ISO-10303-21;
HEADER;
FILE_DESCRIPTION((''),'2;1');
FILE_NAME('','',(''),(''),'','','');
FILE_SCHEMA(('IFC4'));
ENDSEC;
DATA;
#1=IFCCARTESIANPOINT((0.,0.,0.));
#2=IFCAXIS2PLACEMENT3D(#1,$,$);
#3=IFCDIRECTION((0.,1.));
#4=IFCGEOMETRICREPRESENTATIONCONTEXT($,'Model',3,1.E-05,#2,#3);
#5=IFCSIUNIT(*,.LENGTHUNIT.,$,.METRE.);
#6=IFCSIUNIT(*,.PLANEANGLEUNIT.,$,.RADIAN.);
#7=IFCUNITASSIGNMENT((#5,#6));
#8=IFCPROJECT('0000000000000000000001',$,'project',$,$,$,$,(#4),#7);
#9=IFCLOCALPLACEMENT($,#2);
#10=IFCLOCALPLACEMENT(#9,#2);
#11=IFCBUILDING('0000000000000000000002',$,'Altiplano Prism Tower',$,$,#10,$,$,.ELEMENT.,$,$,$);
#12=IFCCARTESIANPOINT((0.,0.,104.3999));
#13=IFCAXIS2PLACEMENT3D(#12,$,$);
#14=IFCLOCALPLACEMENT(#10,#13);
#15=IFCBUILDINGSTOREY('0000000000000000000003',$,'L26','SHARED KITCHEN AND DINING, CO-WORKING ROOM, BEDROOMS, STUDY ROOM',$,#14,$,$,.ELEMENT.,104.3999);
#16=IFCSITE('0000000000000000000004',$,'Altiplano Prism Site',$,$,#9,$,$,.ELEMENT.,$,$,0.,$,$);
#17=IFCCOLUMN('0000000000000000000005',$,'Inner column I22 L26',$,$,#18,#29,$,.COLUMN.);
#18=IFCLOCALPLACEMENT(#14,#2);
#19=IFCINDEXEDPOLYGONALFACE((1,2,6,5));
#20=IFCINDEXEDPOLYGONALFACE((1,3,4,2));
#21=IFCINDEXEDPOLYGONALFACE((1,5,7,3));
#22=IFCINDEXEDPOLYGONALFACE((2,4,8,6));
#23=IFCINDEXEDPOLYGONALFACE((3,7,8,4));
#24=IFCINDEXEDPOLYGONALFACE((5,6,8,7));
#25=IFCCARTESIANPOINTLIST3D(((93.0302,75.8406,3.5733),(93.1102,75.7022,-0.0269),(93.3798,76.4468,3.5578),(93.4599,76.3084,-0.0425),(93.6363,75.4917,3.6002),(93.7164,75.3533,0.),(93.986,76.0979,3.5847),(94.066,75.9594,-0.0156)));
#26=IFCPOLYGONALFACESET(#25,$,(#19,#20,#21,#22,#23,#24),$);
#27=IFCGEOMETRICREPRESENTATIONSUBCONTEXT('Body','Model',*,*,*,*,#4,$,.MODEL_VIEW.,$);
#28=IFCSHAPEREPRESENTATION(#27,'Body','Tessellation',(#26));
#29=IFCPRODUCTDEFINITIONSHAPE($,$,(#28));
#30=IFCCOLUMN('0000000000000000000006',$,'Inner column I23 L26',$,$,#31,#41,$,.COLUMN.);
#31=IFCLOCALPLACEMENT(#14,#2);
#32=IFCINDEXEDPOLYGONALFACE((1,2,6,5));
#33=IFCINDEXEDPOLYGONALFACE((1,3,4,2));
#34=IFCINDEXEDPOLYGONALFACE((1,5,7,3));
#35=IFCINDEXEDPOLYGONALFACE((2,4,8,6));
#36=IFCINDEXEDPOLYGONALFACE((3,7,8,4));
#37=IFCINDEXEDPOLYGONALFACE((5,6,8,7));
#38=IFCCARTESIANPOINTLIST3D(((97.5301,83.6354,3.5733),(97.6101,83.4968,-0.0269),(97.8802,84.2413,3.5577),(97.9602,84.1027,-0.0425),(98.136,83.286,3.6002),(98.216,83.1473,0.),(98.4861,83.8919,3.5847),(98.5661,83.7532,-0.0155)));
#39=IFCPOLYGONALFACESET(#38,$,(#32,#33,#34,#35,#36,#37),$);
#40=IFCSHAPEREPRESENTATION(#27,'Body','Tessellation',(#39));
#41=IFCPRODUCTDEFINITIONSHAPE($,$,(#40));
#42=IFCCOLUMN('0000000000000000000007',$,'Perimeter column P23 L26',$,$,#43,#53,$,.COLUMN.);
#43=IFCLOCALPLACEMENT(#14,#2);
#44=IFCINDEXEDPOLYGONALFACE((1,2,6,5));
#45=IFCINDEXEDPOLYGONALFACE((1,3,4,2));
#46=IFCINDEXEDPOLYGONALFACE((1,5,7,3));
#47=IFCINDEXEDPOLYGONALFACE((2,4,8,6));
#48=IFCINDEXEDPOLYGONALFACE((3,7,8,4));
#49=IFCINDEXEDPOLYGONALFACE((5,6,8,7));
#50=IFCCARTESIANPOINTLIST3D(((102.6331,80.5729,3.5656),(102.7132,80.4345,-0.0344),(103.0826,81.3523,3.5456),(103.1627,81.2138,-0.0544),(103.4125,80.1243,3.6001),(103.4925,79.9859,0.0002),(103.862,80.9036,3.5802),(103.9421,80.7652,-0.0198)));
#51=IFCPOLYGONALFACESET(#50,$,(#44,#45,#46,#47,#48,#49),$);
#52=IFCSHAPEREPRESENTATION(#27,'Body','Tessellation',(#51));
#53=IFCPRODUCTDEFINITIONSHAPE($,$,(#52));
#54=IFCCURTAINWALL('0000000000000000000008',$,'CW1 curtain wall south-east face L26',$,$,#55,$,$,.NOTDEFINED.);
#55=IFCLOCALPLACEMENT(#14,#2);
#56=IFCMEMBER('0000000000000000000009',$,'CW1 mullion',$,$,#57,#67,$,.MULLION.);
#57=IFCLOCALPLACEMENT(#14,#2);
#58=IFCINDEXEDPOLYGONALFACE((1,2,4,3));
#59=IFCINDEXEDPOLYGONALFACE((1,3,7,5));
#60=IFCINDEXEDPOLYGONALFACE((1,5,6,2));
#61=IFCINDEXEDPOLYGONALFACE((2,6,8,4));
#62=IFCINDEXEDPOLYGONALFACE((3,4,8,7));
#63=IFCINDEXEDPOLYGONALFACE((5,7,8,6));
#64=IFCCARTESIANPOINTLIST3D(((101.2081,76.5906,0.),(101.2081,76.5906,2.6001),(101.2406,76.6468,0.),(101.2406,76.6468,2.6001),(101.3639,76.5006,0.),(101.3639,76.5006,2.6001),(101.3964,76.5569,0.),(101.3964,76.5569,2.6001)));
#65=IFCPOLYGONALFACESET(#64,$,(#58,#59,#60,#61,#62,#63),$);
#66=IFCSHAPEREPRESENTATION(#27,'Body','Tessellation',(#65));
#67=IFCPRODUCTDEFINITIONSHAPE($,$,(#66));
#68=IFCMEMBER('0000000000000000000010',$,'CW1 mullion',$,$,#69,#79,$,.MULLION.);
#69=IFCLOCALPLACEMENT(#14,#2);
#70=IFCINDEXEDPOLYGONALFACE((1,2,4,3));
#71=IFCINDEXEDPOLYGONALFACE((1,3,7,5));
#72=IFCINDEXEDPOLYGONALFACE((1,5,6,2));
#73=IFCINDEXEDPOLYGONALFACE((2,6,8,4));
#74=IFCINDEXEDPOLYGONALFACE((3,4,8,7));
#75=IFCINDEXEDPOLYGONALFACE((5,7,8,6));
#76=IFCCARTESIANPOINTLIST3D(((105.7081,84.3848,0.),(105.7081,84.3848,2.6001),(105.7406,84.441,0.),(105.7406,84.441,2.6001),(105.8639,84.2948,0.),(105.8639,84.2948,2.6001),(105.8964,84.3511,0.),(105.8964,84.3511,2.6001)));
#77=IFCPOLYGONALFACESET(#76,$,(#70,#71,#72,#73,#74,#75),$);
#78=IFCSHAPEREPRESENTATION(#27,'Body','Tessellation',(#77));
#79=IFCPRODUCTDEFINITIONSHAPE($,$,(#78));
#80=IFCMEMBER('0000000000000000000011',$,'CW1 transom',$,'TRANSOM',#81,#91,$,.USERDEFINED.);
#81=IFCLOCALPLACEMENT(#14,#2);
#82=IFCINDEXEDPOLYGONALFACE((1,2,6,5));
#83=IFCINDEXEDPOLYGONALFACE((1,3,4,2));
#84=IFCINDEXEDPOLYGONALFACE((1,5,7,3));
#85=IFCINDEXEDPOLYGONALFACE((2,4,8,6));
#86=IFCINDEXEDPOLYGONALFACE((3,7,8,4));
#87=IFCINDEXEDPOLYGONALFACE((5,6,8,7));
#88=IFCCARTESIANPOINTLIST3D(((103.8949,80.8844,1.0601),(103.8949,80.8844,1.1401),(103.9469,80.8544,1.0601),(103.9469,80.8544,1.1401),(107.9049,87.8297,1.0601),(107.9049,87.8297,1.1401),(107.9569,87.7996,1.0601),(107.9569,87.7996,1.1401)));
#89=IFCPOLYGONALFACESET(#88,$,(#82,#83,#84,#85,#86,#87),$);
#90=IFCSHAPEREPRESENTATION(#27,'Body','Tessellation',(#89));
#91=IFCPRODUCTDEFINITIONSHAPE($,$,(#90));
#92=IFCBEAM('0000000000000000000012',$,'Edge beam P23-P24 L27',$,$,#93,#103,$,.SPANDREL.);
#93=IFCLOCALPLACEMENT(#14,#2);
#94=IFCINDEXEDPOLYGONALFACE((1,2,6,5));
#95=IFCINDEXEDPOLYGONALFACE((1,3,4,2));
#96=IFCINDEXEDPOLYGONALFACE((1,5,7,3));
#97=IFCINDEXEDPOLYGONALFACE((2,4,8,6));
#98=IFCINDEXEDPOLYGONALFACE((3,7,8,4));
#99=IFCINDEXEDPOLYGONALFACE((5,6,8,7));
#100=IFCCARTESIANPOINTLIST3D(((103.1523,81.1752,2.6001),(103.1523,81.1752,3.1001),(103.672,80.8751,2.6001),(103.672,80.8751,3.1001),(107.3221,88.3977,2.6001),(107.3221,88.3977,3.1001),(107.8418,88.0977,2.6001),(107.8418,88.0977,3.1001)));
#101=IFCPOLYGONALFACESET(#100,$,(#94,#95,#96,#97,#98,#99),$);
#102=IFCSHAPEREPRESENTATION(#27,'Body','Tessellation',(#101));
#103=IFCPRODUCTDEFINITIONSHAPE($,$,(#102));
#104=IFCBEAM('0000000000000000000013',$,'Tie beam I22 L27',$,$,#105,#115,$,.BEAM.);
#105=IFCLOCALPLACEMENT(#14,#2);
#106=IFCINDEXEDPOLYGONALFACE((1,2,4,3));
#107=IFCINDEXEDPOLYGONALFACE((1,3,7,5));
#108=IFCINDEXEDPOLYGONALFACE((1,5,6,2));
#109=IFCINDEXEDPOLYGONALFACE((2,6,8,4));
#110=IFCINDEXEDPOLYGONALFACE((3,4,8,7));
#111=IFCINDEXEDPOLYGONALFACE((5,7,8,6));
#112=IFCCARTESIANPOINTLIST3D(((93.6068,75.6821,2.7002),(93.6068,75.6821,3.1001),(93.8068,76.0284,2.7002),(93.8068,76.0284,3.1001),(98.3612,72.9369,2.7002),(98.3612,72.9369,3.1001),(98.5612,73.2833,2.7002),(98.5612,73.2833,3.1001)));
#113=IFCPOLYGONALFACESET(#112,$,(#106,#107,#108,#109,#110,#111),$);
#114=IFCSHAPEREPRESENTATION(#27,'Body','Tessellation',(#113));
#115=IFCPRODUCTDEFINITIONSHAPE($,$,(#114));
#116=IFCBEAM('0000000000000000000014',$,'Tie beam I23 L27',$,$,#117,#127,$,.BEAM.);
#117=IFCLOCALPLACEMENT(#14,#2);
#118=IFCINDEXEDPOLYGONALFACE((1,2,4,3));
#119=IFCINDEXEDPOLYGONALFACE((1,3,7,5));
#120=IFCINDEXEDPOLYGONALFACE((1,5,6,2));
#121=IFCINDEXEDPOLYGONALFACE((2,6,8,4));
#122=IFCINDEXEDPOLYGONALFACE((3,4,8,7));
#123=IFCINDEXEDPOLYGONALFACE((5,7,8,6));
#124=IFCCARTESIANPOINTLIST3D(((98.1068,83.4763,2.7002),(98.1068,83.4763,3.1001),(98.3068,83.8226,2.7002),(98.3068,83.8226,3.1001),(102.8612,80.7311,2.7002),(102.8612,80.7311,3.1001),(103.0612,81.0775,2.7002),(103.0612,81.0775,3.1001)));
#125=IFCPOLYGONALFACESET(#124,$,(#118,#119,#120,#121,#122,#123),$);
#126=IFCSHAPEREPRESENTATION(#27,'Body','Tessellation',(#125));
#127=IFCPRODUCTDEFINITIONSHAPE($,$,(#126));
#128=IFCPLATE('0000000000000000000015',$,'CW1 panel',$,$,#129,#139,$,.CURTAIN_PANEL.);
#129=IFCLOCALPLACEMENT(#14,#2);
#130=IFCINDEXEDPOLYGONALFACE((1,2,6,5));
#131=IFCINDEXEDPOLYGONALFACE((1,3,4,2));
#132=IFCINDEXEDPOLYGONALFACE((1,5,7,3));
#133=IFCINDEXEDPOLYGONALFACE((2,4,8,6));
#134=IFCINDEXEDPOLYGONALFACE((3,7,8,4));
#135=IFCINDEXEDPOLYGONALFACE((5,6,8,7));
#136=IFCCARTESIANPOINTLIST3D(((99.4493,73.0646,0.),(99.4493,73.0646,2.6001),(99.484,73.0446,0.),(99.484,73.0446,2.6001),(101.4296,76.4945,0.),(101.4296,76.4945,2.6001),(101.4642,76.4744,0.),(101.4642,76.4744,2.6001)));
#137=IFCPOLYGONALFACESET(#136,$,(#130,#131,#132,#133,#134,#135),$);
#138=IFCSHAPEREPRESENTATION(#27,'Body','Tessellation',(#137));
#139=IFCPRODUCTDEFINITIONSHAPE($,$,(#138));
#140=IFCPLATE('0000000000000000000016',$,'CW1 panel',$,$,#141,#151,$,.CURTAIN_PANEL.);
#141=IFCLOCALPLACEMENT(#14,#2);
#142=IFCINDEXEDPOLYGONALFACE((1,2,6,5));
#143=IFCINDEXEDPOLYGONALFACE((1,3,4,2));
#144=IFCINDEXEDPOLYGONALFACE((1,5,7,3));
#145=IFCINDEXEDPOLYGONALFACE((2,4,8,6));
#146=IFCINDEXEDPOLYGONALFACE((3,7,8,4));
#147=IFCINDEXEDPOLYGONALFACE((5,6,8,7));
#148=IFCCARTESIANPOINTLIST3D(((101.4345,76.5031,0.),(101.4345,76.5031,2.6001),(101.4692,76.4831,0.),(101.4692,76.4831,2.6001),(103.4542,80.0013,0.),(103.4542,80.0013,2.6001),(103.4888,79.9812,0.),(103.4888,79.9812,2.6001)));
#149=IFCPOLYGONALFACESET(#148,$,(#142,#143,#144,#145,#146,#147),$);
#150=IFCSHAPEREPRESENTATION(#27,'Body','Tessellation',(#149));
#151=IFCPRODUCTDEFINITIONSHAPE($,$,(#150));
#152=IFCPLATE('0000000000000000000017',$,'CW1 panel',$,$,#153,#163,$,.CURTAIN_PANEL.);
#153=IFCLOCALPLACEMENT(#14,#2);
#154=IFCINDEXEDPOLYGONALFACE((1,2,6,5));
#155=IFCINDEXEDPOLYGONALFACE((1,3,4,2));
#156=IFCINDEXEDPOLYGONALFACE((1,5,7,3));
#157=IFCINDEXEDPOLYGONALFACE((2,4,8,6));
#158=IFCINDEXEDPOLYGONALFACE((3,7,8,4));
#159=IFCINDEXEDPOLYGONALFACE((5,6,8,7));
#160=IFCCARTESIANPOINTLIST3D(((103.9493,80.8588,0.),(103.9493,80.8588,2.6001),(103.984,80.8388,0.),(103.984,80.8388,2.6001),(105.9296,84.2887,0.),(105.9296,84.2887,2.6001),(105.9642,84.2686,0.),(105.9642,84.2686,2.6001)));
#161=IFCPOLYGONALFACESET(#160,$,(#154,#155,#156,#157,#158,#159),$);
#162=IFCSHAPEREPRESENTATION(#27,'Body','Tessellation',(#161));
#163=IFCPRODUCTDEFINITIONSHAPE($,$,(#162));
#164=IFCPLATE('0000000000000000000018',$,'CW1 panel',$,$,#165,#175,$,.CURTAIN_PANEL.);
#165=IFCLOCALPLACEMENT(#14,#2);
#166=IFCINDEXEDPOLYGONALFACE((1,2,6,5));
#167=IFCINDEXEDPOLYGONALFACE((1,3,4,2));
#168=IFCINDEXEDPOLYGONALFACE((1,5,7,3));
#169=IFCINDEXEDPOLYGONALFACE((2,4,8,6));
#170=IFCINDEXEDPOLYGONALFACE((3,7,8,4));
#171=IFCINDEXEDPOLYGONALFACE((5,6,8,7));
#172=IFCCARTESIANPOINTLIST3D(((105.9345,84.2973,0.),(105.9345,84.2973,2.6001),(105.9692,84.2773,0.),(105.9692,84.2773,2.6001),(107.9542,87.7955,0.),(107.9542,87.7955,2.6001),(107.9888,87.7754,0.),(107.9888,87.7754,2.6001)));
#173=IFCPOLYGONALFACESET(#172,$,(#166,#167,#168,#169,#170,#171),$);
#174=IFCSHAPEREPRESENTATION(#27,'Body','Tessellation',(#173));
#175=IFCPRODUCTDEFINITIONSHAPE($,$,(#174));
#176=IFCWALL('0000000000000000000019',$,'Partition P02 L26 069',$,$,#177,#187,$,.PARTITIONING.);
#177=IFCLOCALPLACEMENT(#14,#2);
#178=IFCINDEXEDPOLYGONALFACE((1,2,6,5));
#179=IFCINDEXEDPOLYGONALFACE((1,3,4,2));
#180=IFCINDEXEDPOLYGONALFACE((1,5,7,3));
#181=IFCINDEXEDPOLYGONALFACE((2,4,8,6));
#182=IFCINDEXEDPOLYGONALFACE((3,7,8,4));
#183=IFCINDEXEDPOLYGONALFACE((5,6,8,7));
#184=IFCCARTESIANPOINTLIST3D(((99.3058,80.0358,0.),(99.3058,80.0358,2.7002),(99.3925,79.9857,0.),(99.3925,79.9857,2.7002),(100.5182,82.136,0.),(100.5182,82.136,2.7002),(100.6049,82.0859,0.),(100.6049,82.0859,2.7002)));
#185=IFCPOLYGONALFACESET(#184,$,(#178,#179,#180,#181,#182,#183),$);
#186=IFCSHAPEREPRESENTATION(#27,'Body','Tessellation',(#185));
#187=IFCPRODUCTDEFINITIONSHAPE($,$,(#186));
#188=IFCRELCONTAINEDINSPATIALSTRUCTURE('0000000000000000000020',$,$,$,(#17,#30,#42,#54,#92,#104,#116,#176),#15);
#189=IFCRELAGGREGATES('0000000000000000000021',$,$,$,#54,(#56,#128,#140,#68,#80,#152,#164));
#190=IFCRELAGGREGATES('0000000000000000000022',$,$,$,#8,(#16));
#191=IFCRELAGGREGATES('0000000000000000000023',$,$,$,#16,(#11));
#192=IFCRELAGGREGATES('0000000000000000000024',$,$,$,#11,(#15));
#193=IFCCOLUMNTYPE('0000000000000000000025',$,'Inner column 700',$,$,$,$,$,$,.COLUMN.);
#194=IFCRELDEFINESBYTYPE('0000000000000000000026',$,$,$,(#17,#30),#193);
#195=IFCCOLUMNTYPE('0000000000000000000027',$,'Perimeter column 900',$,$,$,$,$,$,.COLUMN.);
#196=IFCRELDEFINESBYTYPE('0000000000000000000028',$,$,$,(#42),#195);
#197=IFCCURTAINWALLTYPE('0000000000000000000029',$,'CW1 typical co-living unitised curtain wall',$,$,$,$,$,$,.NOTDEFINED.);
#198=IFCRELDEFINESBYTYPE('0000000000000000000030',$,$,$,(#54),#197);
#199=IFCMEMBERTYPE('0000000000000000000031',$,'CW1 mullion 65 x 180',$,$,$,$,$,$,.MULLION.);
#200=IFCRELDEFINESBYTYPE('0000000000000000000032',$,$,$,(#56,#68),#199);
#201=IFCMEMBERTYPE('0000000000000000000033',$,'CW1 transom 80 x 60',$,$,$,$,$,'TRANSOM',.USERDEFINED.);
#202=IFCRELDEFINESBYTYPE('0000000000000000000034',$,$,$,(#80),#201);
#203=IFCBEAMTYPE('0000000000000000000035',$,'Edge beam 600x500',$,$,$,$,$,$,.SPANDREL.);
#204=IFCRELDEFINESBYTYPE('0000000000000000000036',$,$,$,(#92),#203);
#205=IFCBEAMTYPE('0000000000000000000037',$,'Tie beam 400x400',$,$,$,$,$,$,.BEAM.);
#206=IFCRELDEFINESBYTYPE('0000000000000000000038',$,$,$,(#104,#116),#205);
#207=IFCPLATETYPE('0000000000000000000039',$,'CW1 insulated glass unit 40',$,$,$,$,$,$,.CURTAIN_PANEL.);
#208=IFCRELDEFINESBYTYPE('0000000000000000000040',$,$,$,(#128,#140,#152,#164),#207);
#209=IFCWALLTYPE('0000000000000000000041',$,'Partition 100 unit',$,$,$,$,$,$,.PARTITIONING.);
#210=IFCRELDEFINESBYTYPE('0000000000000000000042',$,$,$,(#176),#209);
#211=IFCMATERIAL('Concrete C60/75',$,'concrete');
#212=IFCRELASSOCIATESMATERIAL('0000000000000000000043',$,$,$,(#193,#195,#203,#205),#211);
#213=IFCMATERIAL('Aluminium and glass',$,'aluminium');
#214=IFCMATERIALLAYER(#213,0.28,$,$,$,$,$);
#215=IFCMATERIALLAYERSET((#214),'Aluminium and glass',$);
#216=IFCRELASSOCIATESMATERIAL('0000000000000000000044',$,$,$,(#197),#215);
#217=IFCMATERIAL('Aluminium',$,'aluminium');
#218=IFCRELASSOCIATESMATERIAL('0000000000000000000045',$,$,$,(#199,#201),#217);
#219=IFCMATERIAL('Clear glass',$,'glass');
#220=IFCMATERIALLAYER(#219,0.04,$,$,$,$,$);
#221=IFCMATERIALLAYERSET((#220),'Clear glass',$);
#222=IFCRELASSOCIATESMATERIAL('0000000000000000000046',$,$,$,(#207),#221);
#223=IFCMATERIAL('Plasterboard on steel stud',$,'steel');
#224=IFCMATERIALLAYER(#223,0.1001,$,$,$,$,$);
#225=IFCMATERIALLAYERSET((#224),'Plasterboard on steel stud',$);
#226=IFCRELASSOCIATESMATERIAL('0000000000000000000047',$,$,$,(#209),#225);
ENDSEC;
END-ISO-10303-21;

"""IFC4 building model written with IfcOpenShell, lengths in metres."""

from ifc_helpers import new_model, si_unit, direction, frame, frame_2d, origin, origin_2d, place, context, subcontext, project, spatial, rectangle, extrude, material, layer, layer_set, material_profile, profile_set, type_object, element, aggregate, save


model = new_model("IFC4")

# Units and contexts
model_context = context("Model", 3, precision=1e-05, world=origin(), true_north=direction((0.0, 1.0)))
body_context = subcontext(model_context, "Body", "Model", "MODEL_VIEW")
ifc_project = project(units=[si_unit("LENGTHUNIT", "METRE"), si_unit("PLANEANGLEUNIT", "RADIAN")], contexts=[model_context])

# Site, building, storey
site_placement = place(None, origin())
site = spatial("IfcSite", under=ifc_project, at=site_placement, Name="Altiplano Prism Site", CompositionType="ELEMENT", RefElevation=0.0)
building_placement = place(site_placement, origin())
building = spatial("IfcBuilding", under=site, at=building_placement, Name="Altiplano Prism Tower", CompositionType="ELEMENT")
storey_placement = place(building_placement, frame((0.0, 0.0, 104.3999)))
storey = spatial("IfcBuildingStorey", under=building, at=storey_placement, Name="L26", Description="SHARED KITCHEN AND DINING, CO-WORKING ROOM, BEDROOMS, STUDY ROOM", CompositionType="ELEMENT", Elevation=104.3999)

# Columns
ifc_material_1 = material(Name="Concrete C60/75", Category="concrete")
ifc_material_profile_1 = material_profile(ifc_material_1, rectangle(XDim=0.7, YDim=0.7, at=origin_2d()), Name="Inner column 700")
ifc_profile_set_1 = profile_set([ifc_material_profile_1], Name="Concrete C60/75")
column_type_1 = type_object("IfcColumnType", Name="Inner column 700", PredefinedType="COLUMN", material=ifc_profile_set_1)
for number, where, z_axis, x_axis, name in (
    (1, (93.5881, 75.8308, -0.0212), (-0.022221, 0.038413, 0.999015), (-0.499513, -0.866022, 0.022189), "Inner column I22 L26"),
    (2, (98.0881, 83.625, -0.0212), (-0.022221, 0.038481, 0.999012), (-0.500179, -0.865637, 0.022218), "Inner column I23 L26"),
):
    element("IfcColumn", number, at=place(storey_placement, frame(where, z_axis=z_axis, x_axis=x_axis)), inside=storey, type_object=column_type_1, Name=name, PredefinedType="COLUMN", context=body_context, shape_type="SweptSolid", body=[
        extrude(rectangle(XDim=0.7, YDim=0.7, at=origin_2d()), origin(), (0.0, 0.0, 1.0), 3.6038),
    ])
ifc_material_profile_2 = material_profile(ifc_material_1, rectangle(XDim=0.8999, YDim=0.8999, at=origin_2d()), Name="Perimeter column 900")
ifc_profile_set_2 = profile_set([ifc_material_profile_2], Name="Concrete C60/75")
column_type_2 = type_object("IfcColumnType", Name="Perimeter column 900", PredefinedType="COLUMN", material=ifc_profile_set_2)
column_placement = place(storey_placement, frame((103.3276, 80.5999, -0.0271), z_axis=(-0.022223, 0.038416, 0.999015), x_axis=(-0.499518, -0.866019, 0.02219)))
element("IfcColumn", 3, at=column_placement, inside=storey, type_object=column_type_2, Name="Perimeter column P23 L26", PredefinedType="COLUMN", context=body_context, shape_type="SweptSolid", body=[
    extrude(rectangle(XDim=0.8999, YDim=0.8999, at=origin_2d()), origin(), (0.0, 0.0, 1.0), 3.6035),
])

# Curtain wall, members
ifc_material_2 = material(Name="Aluminium and glass", Category="aluminium")
ifc_layer_1 = layer(ifc_material_2, 0.28)
ifc_layer_set_1 = layer_set([ifc_layer_1], Name="Aluminium and glass")
curtain_wall_type = type_object("IfcCurtainWallType", Name="CW1 typical co-living unitised curtain wall", PredefinedType="NOTDEFINED", material=ifc_layer_set_1)
curtain_wall_placement = place(storey_placement, origin())
curtain_wall = element("IfcCurtainWall", 4, at=curtain_wall_placement, inside=storey, type_object=curtain_wall_type, Name="CW1 curtain wall south-east face L26", PredefinedType="NOTDEFINED")
ifc_material_3 = material(Name="Aluminium", Category="aluminium")
ifc_material_profile_3 = material_profile(ifc_material_3, rectangle(XDim=0.1799, YDim=0.0649, at=origin_2d()), Name="CW1 mullion 65 x 180")
ifc_profile_set_3 = profile_set([ifc_material_profile_3], Name="Aluminium")
member_type_1 = type_object("IfcMemberType", Name="CW1 mullion 65 x 180", PredefinedType="MULLION", material=ifc_profile_set_3)
member_1_placement = place(storey_placement, frame((101.3022, 76.5737, 0.0), z_axis=(0.0, 0.0, 1.0), x_axis=(-0.866025, 0.5, 0.0)))
member_1 = element("IfcMember", 5, at=member_1_placement, type_object=member_type_1, Name="CW1 mullion", PredefinedType="MULLION", context=body_context, shape_type="SweptSolid", body=[
    extrude(rectangle(XDim=0.1799, YDim=0.0649, at=origin_2d()), origin(), (0.0, 0.0, 1.0), 2.6001),
])
member_2_placement = place(storey_placement, frame((105.8022, 84.3679, 0.0), z_axis=(0.0, 0.0, 1.0), x_axis=(-0.866025, 0.5, 0.0)))
member_2 = element("IfcMember", 6, at=member_2_placement, type_object=member_type_1, Name="CW1 mullion", PredefinedType="MULLION", context=body_context, shape_type="SweptSolid", body=[
    extrude(rectangle(XDim=0.1799, YDim=0.0649, at=origin_2d()), origin(), (0.0, 0.0, 1.0), 2.6001),
])
ifc_material_profile_4 = material_profile(ifc_material_3, rectangle(XDim=0.0601, YDim=0.0801, at=origin_2d()), Name="CW1 transom 80 x 60")
ifc_profile_set_4 = profile_set([ifc_material_profile_4], Name="Aluminium")
member_type_2 = type_object("IfcMemberType", Name="CW1 transom 80 x 60", ElementType="TRANSOM", PredefinedType="USERDEFINED", material=ifc_profile_set_4)
member_3_placement = place(storey_placement, frame((103.9209, 80.8694, 1.1001), z_axis=(0.500012, 0.866018, 0.0), x_axis=(-0.866018, 0.500012, 0.0)))
member_3 = element("IfcMember", 7, at=member_3_placement, type_object=member_type_2, Name="CW1 transom", ObjectType="TRANSOM", PredefinedType="USERDEFINED", context=body_context, shape_type="SweptSolid", body=[
    extrude(rectangle(XDim=0.0601, YDim=0.0801, at=origin_2d()), origin(), (0.0, 0.0, 1.0), 8.0198),
])

# Beams
ifc_material_profile_5 = material_profile(ifc_material_1, rectangle(XDim=0.6001, YDim=0.5, at=origin_2d()), Name="Edge beam 600x500")
ifc_profile_set_5 = profile_set([ifc_material_profile_5], Name="Concrete C60/75")
beam_type_1 = type_object("IfcBeamType", Name="Edge beam 600x500", PredefinedType="SPANDREL", material=ifc_profile_set_5)
beam_placement = place(storey_placement, frame((103.4121, 81.0251, 2.8501), z_axis=(0.499993, 0.86603, 0.0), x_axis=(-0.86603, 0.499993, 0.0)))
element("IfcBeam", 8, at=beam_placement, inside=storey, type_object=beam_type_1, Name="Edge beam P23-P24 L27", PredefinedType="SPANDREL", context=body_context, shape_type="SweptSolid", body=[
    extrude(rectangle(XDim=0.6001, YDim=0.5, at=origin_2d()), origin(), (0.0, 0.0, 1.0), 8.3398),
])
ifc_material_profile_6 = material_profile(ifc_material_1, rectangle(XDim=0.3999, YDim=0.3999, at=origin_2d()), Name="Tie beam 400x400")
ifc_profile_set_6 = profile_set([ifc_material_profile_6], Name="Concrete C60/75")
beam_type_2 = type_object("IfcBeamType", Name="Tie beam 400x400", PredefinedType="BEAM", material=ifc_profile_set_6)
for number, where, z_axis, x_axis, name in (
    (9, (93.7068, 75.8552, 2.9001), (0.866012, -0.500023, 0.0), (0.500023, 0.866012, 0.0), "Tie beam I22 L27"),
    (10, (98.2068, 83.6494, 2.9001), (0.866012, -0.500023, 0.0), (0.500023, 0.866012, 0.0), "Tie beam I23 L27"),
):
    element("IfcBeam", number, at=place(storey_placement, frame(where, z_axis=z_axis, x_axis=x_axis)), inside=storey, type_object=beam_type_2, Name=name, PredefinedType="BEAM", context=body_context, shape_type="SweptSolid", body=[
        extrude(rectangle(XDim=0.3999, YDim=0.3999, at=origin_2d()), origin(), (0.0, 0.0, 1.0), 5.49),
    ])

# Plates
ifc_material_4 = material(Name="Clear glass", Category="glass")
ifc_layer_2 = layer(ifc_material_4, 0.04)
ifc_layer_set_2 = layer_set([ifc_layer_2], Name="Clear glass")
plate_type = type_object("IfcPlateType", Name="CW1 insulated glass unit 40", PredefinedType="CURTAIN_PANEL", material=ifc_layer_set_2)
plate_1_placement = place(storey_placement, frame((100.4568, 74.7695, 0.0), z_axis=(0.0, 0.0, 1.0), x_axis=(0.5, 0.866025, 0.0)))
plate_1 = element("IfcPlate", 11, at=plate_1_placement, type_object=plate_type, Name="CW1 panel", PredefinedType="CURTAIN_PANEL", context=body_context, shape_type="SweptSolid", body=[
    extrude(rectangle(XDim=3.9604, YDim=0.04, at=origin_2d()), origin(), (0.0, 0.0, 1.0), 2.6001),
])
plate_2_placement = place(storey_placement, frame((102.4617, 78.2422, 0.0), z_axis=(0.0, 0.0, 1.0), x_axis=(0.5, 0.866025, 0.0)))
plate_2 = element("IfcPlate", 12, at=plate_2_placement, type_object=plate_type, Name="CW1 panel", PredefinedType="CURTAIN_PANEL", context=body_context, shape_type="SweptSolid", body=[
    extrude(rectangle(XDim=4.0393, YDim=0.04, at=origin_2d()), origin(), (0.0, 0.0, 1.0), 2.6001),
])
plate_3_placement = place(storey_placement, frame((104.9568, 82.5637, 0.0), z_axis=(0.0, 0.0, 1.0), x_axis=(0.5, 0.866025, 0.0)))
plate_3 = element("IfcPlate", 13, at=plate_3_placement, type_object=plate_type, Name="CW1 panel", PredefinedType="CURTAIN_PANEL", context=body_context, shape_type="SweptSolid", body=[
    extrude(rectangle(XDim=3.9604, YDim=0.04, at=origin_2d()), origin(), (0.0, 0.0, 1.0), 2.6001),
])
plate_4_placement = place(storey_placement, frame((106.9617, 86.0364, 0.0), z_axis=(0.0, 0.0, 1.0), x_axis=(0.5, 0.866025, 0.0)))
plate_4 = element("IfcPlate", 14, at=plate_4_placement, type_object=plate_type, Name="CW1 panel", PredefinedType="CURTAIN_PANEL", context=body_context, shape_type="SweptSolid", body=[
    extrude(rectangle(XDim=4.0393, YDim=0.04, at=origin_2d()), origin(), (0.0, 0.0, 1.0), 2.6001),
])
aggregate(curtain_wall, [member_1, plate_1, plate_2, member_2, member_3, plate_3, plate_4])

# Wall
ifc_material_5 = material(Name="Plasterboard on steel stud", Category="steel")
ifc_layer_3 = layer(ifc_material_5, 0.1001)
ifc_layer_set_3 = layer_set([ifc_layer_3], Name="Plasterboard on steel stud")
wall_type_1 = type_object("IfcWallType", Name="Partition 100 unit", PredefinedType="PARTITIONING", material=ifc_layer_set_3)
wall_1_placement = place(storey_placement, frame((100.5615, 82.1108, 0.0), z_axis=(0.0, 0.0, 1.0), x_axis=(-0.499972, -0.866041, 0.0)))
element("IfcWall", 15, at=wall_1_placement, inside=storey, type_object=wall_type_1, Name="Partition P02 L26 069", PredefinedType="PARTITIONING", context=body_context, shape_type="SweptSolid", body=[
    extrude(rectangle(XDim=2.425, YDim=0.1001, at=frame_2d((1.2124, 0.0))), origin(), (0.0, 0.0, 1.0), 2.7002),
])

save(model, "model.ifc")
